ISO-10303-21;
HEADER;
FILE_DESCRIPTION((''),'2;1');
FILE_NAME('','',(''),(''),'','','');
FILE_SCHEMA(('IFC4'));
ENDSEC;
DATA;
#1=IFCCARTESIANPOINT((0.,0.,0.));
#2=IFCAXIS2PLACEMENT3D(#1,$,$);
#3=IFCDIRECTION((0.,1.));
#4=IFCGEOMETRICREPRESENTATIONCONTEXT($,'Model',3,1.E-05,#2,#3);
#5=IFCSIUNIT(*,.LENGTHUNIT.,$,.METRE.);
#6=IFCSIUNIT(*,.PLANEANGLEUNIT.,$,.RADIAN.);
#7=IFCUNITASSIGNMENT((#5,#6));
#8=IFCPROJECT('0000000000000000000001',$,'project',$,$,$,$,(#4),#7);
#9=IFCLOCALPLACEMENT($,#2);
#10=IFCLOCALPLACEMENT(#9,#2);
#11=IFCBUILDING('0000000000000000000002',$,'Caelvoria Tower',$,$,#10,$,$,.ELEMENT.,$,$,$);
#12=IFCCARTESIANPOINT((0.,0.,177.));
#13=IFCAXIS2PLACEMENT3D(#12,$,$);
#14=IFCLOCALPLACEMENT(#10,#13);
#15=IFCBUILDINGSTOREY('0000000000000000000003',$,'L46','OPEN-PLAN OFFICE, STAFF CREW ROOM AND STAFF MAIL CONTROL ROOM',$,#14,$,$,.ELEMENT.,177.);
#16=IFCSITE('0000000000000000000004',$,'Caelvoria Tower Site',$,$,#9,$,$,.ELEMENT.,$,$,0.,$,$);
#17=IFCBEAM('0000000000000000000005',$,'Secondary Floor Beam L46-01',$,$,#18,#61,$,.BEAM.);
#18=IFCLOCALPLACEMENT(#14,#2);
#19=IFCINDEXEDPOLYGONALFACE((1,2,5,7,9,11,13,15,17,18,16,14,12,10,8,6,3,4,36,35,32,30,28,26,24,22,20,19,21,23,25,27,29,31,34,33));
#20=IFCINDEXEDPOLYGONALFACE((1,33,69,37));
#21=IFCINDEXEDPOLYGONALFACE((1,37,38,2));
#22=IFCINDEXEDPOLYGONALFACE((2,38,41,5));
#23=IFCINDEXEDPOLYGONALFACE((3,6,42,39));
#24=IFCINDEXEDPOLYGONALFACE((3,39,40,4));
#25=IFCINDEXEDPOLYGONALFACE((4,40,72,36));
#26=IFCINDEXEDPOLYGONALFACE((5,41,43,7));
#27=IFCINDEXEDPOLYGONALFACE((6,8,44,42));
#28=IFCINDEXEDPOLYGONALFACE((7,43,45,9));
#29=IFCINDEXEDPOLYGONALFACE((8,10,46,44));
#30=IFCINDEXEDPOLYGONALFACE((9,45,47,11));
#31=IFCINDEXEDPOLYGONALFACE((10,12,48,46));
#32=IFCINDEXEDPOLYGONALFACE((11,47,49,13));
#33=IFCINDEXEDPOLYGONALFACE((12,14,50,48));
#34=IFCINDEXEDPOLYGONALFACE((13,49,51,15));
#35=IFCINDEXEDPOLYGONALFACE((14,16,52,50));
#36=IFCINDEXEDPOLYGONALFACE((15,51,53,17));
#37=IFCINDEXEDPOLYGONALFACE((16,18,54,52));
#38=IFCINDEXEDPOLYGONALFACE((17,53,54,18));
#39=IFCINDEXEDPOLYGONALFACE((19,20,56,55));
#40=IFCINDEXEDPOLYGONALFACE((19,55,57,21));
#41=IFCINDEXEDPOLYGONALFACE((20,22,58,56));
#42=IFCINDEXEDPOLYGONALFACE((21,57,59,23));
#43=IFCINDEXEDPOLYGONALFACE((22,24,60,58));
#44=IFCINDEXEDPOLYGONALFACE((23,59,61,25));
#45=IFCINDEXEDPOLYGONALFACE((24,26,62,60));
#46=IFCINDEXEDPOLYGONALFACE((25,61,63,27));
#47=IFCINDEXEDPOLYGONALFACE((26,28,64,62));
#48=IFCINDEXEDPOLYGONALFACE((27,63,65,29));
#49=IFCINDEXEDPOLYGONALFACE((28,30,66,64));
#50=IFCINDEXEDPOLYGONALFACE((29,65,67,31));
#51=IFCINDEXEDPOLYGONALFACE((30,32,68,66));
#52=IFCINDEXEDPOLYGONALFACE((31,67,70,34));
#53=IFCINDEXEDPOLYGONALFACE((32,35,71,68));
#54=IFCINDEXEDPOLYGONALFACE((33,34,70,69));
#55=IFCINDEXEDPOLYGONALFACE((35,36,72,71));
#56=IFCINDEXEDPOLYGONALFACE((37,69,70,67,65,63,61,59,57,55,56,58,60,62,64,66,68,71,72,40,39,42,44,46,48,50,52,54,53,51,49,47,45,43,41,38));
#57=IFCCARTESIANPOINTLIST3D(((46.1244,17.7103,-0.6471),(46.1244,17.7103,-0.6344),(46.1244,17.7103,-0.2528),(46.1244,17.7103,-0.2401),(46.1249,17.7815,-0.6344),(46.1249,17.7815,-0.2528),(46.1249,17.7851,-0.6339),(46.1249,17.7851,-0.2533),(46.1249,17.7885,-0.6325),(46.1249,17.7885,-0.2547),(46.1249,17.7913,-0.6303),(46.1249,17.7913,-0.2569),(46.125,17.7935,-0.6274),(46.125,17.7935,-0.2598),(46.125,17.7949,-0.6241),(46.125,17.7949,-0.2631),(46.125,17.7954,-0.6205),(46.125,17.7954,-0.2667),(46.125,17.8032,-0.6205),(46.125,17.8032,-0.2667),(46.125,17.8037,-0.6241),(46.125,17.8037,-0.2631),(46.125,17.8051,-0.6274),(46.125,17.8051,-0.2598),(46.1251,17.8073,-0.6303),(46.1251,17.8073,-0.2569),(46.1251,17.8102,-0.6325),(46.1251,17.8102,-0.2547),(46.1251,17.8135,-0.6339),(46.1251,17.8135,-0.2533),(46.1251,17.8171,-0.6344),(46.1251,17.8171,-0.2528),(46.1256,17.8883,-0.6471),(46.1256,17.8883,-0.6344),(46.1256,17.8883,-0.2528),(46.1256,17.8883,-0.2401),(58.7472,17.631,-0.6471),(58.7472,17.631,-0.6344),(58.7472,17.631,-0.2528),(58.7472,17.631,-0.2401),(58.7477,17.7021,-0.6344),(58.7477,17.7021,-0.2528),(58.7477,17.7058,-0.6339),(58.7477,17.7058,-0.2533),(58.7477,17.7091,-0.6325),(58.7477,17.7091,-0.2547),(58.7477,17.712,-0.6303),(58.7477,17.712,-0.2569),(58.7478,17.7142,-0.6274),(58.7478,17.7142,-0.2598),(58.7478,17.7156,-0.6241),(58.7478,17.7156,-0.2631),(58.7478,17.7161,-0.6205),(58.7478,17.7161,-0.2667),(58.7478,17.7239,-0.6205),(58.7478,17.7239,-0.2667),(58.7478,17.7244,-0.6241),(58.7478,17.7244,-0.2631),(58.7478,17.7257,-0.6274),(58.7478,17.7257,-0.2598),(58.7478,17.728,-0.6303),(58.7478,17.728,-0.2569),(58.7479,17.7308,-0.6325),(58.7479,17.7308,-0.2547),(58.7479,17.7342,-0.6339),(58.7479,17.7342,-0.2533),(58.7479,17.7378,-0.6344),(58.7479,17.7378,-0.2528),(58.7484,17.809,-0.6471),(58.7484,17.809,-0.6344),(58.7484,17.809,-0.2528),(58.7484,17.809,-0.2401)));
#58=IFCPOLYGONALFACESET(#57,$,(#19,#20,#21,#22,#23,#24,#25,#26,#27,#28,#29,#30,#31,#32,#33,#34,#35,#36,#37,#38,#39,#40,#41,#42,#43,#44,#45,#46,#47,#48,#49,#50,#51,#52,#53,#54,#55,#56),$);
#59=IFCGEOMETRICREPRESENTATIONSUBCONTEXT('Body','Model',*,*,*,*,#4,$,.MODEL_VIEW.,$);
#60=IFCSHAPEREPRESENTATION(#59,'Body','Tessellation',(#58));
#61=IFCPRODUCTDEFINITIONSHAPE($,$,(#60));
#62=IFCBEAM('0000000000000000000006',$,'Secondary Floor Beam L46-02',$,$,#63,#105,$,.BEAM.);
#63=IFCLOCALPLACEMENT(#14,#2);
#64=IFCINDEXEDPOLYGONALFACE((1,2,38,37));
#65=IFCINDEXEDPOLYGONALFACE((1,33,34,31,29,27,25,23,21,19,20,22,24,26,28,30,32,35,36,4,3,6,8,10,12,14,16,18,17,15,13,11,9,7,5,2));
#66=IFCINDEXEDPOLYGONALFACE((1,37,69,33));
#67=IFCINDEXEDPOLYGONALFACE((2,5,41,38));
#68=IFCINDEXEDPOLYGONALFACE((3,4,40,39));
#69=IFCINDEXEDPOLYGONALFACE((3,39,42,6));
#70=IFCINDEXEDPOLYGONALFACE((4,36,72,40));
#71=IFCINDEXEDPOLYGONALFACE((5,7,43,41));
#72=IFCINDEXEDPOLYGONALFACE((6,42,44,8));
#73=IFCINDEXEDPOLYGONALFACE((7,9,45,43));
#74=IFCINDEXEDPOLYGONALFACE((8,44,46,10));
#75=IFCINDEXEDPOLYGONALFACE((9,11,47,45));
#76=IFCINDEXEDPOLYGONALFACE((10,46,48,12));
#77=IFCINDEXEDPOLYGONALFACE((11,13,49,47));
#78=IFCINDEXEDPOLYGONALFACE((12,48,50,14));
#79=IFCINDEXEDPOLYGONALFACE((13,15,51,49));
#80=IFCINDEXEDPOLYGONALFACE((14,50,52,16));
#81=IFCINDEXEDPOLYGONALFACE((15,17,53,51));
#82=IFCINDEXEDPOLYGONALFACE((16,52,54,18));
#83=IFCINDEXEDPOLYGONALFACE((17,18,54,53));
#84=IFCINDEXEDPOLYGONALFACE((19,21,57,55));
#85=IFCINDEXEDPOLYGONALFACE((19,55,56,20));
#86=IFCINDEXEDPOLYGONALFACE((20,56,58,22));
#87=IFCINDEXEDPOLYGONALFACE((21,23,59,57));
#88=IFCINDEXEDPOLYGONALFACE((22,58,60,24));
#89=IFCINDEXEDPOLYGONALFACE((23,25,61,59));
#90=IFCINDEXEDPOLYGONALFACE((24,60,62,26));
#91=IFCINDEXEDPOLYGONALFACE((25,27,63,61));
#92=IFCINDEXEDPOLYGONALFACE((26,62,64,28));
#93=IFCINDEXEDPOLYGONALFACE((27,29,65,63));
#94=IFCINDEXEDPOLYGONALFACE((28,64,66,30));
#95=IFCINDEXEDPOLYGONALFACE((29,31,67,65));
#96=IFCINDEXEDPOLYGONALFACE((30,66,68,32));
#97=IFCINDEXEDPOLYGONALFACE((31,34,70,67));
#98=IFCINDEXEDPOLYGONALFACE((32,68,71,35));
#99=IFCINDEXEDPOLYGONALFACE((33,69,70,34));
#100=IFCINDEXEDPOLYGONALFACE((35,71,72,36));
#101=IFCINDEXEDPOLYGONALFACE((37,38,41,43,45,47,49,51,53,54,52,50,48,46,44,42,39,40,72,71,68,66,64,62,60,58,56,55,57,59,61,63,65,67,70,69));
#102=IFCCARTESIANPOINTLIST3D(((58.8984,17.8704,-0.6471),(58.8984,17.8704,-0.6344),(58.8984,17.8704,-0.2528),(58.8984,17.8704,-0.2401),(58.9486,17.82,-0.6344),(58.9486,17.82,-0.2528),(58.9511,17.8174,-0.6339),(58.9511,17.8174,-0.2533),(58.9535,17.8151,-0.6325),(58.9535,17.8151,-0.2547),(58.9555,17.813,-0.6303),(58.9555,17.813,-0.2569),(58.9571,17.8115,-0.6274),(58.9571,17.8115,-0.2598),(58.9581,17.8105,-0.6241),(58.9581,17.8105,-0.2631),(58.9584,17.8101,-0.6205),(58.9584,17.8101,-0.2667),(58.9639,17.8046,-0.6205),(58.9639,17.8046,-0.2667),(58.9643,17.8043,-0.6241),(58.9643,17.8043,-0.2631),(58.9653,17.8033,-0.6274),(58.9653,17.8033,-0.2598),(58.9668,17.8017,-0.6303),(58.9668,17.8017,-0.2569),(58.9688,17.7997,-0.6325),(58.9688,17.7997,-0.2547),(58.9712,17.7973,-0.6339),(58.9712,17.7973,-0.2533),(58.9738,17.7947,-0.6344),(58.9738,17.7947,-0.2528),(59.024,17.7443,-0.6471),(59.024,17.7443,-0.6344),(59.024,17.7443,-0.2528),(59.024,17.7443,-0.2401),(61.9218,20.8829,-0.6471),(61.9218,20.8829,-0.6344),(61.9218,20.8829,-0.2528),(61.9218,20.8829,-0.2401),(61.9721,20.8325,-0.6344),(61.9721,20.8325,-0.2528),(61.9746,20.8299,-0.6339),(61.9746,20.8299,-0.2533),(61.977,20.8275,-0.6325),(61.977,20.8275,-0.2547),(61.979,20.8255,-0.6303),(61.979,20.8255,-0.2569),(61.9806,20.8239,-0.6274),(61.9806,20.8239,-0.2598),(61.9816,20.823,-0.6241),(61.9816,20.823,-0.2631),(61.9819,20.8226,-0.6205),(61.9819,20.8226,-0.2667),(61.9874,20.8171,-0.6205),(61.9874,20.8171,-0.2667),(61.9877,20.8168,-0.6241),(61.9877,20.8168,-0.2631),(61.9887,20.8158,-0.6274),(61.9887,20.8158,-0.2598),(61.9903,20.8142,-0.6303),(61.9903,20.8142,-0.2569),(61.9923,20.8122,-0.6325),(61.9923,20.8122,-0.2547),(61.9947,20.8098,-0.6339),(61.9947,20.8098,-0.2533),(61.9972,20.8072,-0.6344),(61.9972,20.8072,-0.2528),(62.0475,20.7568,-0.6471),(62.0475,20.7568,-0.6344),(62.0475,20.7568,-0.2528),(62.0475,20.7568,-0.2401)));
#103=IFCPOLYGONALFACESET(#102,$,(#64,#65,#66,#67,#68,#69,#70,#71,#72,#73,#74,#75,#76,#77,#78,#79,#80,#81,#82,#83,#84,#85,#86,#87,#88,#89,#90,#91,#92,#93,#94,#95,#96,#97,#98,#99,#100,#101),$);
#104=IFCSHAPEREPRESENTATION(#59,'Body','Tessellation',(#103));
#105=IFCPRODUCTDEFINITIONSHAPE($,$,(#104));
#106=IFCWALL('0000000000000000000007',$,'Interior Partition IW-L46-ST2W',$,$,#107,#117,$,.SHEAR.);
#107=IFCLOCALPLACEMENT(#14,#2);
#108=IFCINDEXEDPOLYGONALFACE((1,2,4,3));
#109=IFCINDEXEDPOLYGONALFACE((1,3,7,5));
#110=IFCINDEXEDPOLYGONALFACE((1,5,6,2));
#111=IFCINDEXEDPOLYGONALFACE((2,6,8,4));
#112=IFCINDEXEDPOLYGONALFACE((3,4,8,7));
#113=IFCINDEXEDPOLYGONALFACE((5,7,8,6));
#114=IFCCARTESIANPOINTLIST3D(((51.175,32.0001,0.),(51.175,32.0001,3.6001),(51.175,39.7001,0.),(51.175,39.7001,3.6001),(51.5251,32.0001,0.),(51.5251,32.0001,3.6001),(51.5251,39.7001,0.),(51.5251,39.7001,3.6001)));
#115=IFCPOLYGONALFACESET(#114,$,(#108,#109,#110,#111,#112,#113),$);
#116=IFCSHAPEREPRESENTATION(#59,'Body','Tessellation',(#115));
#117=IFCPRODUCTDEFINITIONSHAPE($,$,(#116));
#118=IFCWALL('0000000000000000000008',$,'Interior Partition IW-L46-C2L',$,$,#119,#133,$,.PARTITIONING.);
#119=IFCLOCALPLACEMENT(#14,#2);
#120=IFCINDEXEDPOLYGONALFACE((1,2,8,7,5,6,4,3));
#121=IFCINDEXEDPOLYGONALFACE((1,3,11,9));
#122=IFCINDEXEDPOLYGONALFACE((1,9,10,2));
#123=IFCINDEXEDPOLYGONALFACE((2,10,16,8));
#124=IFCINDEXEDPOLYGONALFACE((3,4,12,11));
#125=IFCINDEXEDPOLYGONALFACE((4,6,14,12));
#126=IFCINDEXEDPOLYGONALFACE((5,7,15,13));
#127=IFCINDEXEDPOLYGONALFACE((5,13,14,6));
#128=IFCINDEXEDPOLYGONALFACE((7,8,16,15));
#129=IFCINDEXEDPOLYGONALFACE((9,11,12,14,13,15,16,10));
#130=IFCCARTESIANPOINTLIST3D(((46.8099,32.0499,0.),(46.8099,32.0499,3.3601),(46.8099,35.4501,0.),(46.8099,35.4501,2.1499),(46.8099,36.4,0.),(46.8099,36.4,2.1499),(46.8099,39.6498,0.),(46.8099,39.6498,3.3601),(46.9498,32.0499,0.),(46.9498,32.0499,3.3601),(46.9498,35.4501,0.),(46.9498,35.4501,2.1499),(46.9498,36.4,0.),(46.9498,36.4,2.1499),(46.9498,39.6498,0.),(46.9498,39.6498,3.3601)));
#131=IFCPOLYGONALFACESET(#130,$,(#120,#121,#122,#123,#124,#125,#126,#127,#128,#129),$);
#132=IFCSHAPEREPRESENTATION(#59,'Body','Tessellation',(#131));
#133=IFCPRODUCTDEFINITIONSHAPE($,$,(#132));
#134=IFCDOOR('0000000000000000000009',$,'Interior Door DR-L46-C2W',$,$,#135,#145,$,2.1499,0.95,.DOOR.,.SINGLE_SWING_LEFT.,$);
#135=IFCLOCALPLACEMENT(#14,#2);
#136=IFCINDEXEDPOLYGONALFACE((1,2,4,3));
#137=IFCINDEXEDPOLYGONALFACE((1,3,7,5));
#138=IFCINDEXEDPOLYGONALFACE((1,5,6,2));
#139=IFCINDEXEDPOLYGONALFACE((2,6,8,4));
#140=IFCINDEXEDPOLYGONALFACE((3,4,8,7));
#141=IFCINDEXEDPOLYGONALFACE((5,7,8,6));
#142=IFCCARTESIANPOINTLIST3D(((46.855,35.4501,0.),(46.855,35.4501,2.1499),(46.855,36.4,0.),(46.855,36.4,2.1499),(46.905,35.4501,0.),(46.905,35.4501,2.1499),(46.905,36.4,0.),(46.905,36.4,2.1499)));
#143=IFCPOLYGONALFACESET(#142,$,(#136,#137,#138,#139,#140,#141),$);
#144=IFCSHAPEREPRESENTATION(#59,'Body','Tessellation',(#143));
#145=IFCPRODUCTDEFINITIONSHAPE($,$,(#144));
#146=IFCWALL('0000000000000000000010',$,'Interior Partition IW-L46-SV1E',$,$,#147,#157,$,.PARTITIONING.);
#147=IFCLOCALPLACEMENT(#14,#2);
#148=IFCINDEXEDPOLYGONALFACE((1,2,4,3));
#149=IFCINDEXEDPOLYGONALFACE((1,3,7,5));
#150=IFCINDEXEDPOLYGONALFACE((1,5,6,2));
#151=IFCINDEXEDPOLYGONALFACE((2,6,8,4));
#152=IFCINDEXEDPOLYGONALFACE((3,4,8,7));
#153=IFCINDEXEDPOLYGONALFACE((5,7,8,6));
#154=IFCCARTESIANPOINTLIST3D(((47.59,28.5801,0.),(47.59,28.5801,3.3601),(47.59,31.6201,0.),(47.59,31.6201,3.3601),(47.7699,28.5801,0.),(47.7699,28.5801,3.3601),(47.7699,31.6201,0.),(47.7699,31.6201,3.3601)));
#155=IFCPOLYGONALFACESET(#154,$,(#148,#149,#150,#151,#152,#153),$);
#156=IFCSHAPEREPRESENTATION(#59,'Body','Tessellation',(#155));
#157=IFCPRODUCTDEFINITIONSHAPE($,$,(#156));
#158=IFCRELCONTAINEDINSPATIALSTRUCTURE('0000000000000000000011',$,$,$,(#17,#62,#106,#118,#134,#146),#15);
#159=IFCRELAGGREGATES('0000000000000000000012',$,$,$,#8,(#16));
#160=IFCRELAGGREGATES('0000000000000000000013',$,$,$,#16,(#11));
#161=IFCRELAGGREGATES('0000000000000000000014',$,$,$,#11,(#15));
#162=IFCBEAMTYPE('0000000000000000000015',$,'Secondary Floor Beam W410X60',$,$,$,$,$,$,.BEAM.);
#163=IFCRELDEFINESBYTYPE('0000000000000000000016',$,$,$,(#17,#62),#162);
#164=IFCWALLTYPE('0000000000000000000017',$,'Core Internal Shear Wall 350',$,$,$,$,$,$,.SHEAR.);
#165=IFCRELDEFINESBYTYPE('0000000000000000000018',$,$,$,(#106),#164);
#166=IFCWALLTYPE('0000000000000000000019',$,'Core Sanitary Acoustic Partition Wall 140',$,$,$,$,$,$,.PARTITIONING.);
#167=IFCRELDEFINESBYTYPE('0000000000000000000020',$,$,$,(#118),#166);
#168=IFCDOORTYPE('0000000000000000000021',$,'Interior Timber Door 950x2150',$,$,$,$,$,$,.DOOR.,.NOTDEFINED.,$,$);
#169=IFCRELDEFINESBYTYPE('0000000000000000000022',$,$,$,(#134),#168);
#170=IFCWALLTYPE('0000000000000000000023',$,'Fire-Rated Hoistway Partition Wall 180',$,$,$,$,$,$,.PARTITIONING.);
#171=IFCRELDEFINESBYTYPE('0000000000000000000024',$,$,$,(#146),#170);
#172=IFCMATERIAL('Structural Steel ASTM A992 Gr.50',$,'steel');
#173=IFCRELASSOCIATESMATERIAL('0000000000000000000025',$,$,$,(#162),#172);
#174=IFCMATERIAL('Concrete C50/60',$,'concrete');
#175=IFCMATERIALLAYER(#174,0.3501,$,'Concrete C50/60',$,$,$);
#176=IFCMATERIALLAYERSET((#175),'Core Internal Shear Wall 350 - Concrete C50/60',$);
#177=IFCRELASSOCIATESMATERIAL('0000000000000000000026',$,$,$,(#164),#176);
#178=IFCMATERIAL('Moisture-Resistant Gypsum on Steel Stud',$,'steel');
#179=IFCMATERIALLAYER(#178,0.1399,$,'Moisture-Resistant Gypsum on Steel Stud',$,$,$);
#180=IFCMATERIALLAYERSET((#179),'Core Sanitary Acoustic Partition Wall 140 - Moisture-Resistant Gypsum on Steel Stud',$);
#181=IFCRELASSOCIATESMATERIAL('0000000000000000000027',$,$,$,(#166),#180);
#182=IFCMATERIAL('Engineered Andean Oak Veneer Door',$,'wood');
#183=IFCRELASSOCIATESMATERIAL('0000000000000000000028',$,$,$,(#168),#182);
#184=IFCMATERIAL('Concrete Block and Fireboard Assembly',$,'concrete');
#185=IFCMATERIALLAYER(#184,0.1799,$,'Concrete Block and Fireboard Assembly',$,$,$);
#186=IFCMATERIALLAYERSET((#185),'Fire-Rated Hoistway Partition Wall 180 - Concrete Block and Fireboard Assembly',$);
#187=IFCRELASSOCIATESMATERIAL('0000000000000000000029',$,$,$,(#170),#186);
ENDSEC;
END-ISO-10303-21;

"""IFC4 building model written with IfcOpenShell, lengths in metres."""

from ifc_helpers import new_model, si_unit, direction, frame, frame_2d, origin, origin_2d, place, context, subcontext, project, spatial, rectangle, i_section, extrude, material, layer, layer_set, material_profile, profile_set, type_object, element, fill, save


model = new_model("IFC4")

# Units and contexts
model_context = context("Model", 3, precision=1e-05, world=origin(), true_north=direction((0.0, 1.0)))
body_context = subcontext(model_context, "Body", "Model", "MODEL_VIEW")
ifc_project = project(units=[si_unit("LENGTHUNIT", "METRE"), si_unit("PLANEANGLEUNIT", "RADIAN")], contexts=[model_context])

# Site, building, storey
site_placement = place(None, origin())
site = spatial("IfcSite", under=ifc_project, at=site_placement, Name="Caelvoria Tower Site", CompositionType="ELEMENT", RefElevation=0.0)
building_placement = place(site_placement, origin())
building = spatial("IfcBuilding", under=site, at=building_placement, Name="Caelvoria Tower", CompositionType="ELEMENT")
storey_placement = place(building_placement, frame((0.0, 0.0, 177.0)))
storey = spatial("IfcBuildingStorey", under=building, at=storey_placement, Name="L46", Description="OPEN-PLAN OFFICE, STAFF CREW ROOM AND STAFF MAIL CONTROL ROOM", CompositionType="ELEMENT", Elevation=177.0)

# Beams
ifc_material_1 = material(Name="Structural Steel ASTM A992 Gr.50", Category="steel")
ifc_material_profile_1 = material_profile(ifc_material_1, i_section(OverallWidth=0.178, OverallDepth=0.407, WebThickness=0.0078, FlangeThickness=0.0127, FilletRadius=0.0139, at=origin_2d()), Name="Structural Steel ASTM A992 Gr.50")
ifc_profile_set_1 = profile_set([ifc_material_profile_1], Name="W410X60 - Structural Steel ASTM A992 Gr.50")
beam_type_1 = type_object("IfcBeamType", Name="Secondary Floor Beam W410X60", PredefinedType="BEAM", material=ifc_profile_set_1)
beam_1_placement = place(storey_placement, frame((46.125, 17.7993, -0.4436), z_axis=(0.99998, -0.006286, 0.0), x_axis=(0.006286, 0.99998, 0.0)))
element("IfcBeam", 1, at=beam_1_placement, inside=storey, type_object=beam_type_1, Name="Secondary Floor Beam L46-01", PredefinedType="BEAM", context=body_context, shape_type="SweptSolid", body=[
    extrude(i_section(OverallWidth=0.178, OverallDepth=0.407, WebThickness=0.0078, FlangeThickness=0.0127, FilletRadius=0.0139, at=origin_2d()), origin(), (0.0, 0.0, 1.0), 12.623),
])
beam_2_placement = place(storey_placement, frame((58.9612, 17.8074, -0.4436), z_axis=(0.708393, 0.705819, 0.0), x_axis=(-0.705819, 0.708393, 0.0)))
element("IfcBeam", 2, at=beam_2_placement, inside=storey, type_object=beam_type_1, Name="Secondary Floor Beam L46-02", PredefinedType="BEAM", context=body_context, shape_type="SweptSolid", body=[
    extrude(i_section(OverallWidth=0.178, OverallDepth=0.407, WebThickness=0.0078, FlangeThickness=0.0127, FilletRadius=0.0139, at=origin_2d()), origin(), (0.0, 0.0, 1.0), 4.2681),
])

# Wall
ifc_material_2 = material(Name="Concrete C50/60", Category="concrete")
ifc_layer_1 = layer(ifc_material_2, 0.3501, Name="Concrete C50/60")
ifc_layer_set_1 = layer_set([ifc_layer_1], Name="Core Internal Shear Wall 350 - Concrete C50/60")
wall_type_1 = type_object("IfcWallType", Name="Core Internal Shear Wall 350", PredefinedType="SHEAR", material=ifc_layer_set_1)
wall_1_placement = place(storey_placement, frame((51.3501, 32.0, 0.0), z_axis=(0.0, 0.0, 1.0), x_axis=(0.0, 1.0, 0.0)))
element("IfcWall", 3, at=wall_1_placement, inside=storey, type_object=wall_type_1, Name="Interior Partition IW-L46-ST2W", PredefinedType="SHEAR", context=body_context, shape_type="SweptSolid", body=[
    extrude(rectangle(XDim=7.7, YDim=0.3501, at=frame_2d((3.8501, 0.0))), origin(), (0.0, 0.0, 1.0), 3.6001),
])

# Wall, opening, door
ifc_material_3 = material(Name="Moisture-Resistant Gypsum on Steel Stud", Category="steel")
ifc_layer_2 = layer(ifc_material_3, 0.1399, Name="Moisture-Resistant Gypsum on Steel Stud")
ifc_layer_set_2 = layer_set([ifc_layer_2], Name="Core Sanitary Acoustic Partition Wall 140 - Moisture-Resistant Gypsum on Steel Stud")
wall_type_2 = type_object("IfcWallType", Name="Core Sanitary Acoustic Partition Wall 140", PredefinedType="PARTITIONING", material=ifc_layer_set_2)
wall_2_placement = place(storey_placement, frame((46.8799, 32.05, 0.0), z_axis=(0.0, 0.0, 1.0), x_axis=(0.0, 1.0, 0.0)))
wall_2 = element("IfcWall", 4, at=wall_2_placement, inside=storey, type_object=wall_type_2, Name="Interior Partition IW-L46-C2L", PredefinedType="PARTITIONING", context=body_context, shape_type="SweptSolid", body=[
    extrude(rectangle(XDim=7.5999, YDim=0.1399, at=frame_2d((3.7998, 0.0))), origin(), (0.0, 0.0, 1.0), 3.3601),
])
opening_1_placement = place(wall_2_placement, frame((3.3999, 0.0, 0.0)))
opening_1 = element("IfcOpeningElement", 5, at=opening_1_placement, cuts=wall_2, PredefinedType="OPENING", context=body_context, shape_type="SweptSolid", body=[
    extrude(rectangle(XDim=0.95, YDim=2.1499, at=frame_2d((0.4751, 1.075))), frame((0.0, 0.0798, 0.0), z_axis=(0.0, -1.0, 0.0), x_axis=(1.0, 0.0, 0.0)), (0.0, 0.0, 1.0), 0.1599),
])
ifc_material_4 = material(Name="Engineered Andean Oak Veneer Door", Category="wood")
door_type_1 = type_object("IfcDoorType", Name="Interior Timber Door 950x2150", OperationType="NOTDEFINED", PredefinedType="DOOR", material=ifc_material_4)
door_1_placement = place(opening_1_placement, origin())
door_1 = element("IfcDoor", 6, at=door_1_placement, inside=storey, type_object=door_type_1, Name="Interior Door DR-L46-C2W", OperationType="SINGLE_SWING_LEFT", OverallHeight=2.1499, OverallWidth=0.95, PredefinedType="DOOR", context=body_context, shape_type="SweptSolid", body=[
    extrude(rectangle(XDim=0.95, YDim=2.1499, at=frame_2d((0.4751, 1.075))), frame((0.0, 0.0249, 0.0), z_axis=(0.0, -1.0, 0.0), x_axis=(1.0, 0.0, 0.0)), (0.0, 0.0, 1.0), 0.05),
])
fill(opening_1, door_1)

# Wall
ifc_material_5 = material(Name="Concrete Block and Fireboard Assembly", Category="concrete")
ifc_layer_3 = layer(ifc_material_5, 0.1799, Name="Concrete Block and Fireboard Assembly")
ifc_layer_set_3 = layer_set([ifc_layer_3], Name="Fire-Rated Hoistway Partition Wall 180 - Concrete Block and Fireboard Assembly")
wall_type_3 = type_object("IfcWallType", Name="Fire-Rated Hoistway Partition Wall 180", PredefinedType="PARTITIONING", material=ifc_layer_set_3)
wall_3_placement = place(storey_placement, frame((47.6799, 28.5801, 0.0), z_axis=(0.0, 0.0, 1.0), x_axis=(0.0, 1.0, 0.0)))
element("IfcWall", 7, at=wall_3_placement, inside=storey, type_object=wall_type_3, Name="Interior Partition IW-L46-SV1E", PredefinedType="PARTITIONING", context=body_context, shape_type="SweptSolid", body=[
    extrude(rectangle(XDim=3.04, YDim=0.1799, at=frame_2d((1.52, 0.0))), origin(), (0.0, 0.0, 1.0), 3.3601),
])

save(model, "model.ifc")
